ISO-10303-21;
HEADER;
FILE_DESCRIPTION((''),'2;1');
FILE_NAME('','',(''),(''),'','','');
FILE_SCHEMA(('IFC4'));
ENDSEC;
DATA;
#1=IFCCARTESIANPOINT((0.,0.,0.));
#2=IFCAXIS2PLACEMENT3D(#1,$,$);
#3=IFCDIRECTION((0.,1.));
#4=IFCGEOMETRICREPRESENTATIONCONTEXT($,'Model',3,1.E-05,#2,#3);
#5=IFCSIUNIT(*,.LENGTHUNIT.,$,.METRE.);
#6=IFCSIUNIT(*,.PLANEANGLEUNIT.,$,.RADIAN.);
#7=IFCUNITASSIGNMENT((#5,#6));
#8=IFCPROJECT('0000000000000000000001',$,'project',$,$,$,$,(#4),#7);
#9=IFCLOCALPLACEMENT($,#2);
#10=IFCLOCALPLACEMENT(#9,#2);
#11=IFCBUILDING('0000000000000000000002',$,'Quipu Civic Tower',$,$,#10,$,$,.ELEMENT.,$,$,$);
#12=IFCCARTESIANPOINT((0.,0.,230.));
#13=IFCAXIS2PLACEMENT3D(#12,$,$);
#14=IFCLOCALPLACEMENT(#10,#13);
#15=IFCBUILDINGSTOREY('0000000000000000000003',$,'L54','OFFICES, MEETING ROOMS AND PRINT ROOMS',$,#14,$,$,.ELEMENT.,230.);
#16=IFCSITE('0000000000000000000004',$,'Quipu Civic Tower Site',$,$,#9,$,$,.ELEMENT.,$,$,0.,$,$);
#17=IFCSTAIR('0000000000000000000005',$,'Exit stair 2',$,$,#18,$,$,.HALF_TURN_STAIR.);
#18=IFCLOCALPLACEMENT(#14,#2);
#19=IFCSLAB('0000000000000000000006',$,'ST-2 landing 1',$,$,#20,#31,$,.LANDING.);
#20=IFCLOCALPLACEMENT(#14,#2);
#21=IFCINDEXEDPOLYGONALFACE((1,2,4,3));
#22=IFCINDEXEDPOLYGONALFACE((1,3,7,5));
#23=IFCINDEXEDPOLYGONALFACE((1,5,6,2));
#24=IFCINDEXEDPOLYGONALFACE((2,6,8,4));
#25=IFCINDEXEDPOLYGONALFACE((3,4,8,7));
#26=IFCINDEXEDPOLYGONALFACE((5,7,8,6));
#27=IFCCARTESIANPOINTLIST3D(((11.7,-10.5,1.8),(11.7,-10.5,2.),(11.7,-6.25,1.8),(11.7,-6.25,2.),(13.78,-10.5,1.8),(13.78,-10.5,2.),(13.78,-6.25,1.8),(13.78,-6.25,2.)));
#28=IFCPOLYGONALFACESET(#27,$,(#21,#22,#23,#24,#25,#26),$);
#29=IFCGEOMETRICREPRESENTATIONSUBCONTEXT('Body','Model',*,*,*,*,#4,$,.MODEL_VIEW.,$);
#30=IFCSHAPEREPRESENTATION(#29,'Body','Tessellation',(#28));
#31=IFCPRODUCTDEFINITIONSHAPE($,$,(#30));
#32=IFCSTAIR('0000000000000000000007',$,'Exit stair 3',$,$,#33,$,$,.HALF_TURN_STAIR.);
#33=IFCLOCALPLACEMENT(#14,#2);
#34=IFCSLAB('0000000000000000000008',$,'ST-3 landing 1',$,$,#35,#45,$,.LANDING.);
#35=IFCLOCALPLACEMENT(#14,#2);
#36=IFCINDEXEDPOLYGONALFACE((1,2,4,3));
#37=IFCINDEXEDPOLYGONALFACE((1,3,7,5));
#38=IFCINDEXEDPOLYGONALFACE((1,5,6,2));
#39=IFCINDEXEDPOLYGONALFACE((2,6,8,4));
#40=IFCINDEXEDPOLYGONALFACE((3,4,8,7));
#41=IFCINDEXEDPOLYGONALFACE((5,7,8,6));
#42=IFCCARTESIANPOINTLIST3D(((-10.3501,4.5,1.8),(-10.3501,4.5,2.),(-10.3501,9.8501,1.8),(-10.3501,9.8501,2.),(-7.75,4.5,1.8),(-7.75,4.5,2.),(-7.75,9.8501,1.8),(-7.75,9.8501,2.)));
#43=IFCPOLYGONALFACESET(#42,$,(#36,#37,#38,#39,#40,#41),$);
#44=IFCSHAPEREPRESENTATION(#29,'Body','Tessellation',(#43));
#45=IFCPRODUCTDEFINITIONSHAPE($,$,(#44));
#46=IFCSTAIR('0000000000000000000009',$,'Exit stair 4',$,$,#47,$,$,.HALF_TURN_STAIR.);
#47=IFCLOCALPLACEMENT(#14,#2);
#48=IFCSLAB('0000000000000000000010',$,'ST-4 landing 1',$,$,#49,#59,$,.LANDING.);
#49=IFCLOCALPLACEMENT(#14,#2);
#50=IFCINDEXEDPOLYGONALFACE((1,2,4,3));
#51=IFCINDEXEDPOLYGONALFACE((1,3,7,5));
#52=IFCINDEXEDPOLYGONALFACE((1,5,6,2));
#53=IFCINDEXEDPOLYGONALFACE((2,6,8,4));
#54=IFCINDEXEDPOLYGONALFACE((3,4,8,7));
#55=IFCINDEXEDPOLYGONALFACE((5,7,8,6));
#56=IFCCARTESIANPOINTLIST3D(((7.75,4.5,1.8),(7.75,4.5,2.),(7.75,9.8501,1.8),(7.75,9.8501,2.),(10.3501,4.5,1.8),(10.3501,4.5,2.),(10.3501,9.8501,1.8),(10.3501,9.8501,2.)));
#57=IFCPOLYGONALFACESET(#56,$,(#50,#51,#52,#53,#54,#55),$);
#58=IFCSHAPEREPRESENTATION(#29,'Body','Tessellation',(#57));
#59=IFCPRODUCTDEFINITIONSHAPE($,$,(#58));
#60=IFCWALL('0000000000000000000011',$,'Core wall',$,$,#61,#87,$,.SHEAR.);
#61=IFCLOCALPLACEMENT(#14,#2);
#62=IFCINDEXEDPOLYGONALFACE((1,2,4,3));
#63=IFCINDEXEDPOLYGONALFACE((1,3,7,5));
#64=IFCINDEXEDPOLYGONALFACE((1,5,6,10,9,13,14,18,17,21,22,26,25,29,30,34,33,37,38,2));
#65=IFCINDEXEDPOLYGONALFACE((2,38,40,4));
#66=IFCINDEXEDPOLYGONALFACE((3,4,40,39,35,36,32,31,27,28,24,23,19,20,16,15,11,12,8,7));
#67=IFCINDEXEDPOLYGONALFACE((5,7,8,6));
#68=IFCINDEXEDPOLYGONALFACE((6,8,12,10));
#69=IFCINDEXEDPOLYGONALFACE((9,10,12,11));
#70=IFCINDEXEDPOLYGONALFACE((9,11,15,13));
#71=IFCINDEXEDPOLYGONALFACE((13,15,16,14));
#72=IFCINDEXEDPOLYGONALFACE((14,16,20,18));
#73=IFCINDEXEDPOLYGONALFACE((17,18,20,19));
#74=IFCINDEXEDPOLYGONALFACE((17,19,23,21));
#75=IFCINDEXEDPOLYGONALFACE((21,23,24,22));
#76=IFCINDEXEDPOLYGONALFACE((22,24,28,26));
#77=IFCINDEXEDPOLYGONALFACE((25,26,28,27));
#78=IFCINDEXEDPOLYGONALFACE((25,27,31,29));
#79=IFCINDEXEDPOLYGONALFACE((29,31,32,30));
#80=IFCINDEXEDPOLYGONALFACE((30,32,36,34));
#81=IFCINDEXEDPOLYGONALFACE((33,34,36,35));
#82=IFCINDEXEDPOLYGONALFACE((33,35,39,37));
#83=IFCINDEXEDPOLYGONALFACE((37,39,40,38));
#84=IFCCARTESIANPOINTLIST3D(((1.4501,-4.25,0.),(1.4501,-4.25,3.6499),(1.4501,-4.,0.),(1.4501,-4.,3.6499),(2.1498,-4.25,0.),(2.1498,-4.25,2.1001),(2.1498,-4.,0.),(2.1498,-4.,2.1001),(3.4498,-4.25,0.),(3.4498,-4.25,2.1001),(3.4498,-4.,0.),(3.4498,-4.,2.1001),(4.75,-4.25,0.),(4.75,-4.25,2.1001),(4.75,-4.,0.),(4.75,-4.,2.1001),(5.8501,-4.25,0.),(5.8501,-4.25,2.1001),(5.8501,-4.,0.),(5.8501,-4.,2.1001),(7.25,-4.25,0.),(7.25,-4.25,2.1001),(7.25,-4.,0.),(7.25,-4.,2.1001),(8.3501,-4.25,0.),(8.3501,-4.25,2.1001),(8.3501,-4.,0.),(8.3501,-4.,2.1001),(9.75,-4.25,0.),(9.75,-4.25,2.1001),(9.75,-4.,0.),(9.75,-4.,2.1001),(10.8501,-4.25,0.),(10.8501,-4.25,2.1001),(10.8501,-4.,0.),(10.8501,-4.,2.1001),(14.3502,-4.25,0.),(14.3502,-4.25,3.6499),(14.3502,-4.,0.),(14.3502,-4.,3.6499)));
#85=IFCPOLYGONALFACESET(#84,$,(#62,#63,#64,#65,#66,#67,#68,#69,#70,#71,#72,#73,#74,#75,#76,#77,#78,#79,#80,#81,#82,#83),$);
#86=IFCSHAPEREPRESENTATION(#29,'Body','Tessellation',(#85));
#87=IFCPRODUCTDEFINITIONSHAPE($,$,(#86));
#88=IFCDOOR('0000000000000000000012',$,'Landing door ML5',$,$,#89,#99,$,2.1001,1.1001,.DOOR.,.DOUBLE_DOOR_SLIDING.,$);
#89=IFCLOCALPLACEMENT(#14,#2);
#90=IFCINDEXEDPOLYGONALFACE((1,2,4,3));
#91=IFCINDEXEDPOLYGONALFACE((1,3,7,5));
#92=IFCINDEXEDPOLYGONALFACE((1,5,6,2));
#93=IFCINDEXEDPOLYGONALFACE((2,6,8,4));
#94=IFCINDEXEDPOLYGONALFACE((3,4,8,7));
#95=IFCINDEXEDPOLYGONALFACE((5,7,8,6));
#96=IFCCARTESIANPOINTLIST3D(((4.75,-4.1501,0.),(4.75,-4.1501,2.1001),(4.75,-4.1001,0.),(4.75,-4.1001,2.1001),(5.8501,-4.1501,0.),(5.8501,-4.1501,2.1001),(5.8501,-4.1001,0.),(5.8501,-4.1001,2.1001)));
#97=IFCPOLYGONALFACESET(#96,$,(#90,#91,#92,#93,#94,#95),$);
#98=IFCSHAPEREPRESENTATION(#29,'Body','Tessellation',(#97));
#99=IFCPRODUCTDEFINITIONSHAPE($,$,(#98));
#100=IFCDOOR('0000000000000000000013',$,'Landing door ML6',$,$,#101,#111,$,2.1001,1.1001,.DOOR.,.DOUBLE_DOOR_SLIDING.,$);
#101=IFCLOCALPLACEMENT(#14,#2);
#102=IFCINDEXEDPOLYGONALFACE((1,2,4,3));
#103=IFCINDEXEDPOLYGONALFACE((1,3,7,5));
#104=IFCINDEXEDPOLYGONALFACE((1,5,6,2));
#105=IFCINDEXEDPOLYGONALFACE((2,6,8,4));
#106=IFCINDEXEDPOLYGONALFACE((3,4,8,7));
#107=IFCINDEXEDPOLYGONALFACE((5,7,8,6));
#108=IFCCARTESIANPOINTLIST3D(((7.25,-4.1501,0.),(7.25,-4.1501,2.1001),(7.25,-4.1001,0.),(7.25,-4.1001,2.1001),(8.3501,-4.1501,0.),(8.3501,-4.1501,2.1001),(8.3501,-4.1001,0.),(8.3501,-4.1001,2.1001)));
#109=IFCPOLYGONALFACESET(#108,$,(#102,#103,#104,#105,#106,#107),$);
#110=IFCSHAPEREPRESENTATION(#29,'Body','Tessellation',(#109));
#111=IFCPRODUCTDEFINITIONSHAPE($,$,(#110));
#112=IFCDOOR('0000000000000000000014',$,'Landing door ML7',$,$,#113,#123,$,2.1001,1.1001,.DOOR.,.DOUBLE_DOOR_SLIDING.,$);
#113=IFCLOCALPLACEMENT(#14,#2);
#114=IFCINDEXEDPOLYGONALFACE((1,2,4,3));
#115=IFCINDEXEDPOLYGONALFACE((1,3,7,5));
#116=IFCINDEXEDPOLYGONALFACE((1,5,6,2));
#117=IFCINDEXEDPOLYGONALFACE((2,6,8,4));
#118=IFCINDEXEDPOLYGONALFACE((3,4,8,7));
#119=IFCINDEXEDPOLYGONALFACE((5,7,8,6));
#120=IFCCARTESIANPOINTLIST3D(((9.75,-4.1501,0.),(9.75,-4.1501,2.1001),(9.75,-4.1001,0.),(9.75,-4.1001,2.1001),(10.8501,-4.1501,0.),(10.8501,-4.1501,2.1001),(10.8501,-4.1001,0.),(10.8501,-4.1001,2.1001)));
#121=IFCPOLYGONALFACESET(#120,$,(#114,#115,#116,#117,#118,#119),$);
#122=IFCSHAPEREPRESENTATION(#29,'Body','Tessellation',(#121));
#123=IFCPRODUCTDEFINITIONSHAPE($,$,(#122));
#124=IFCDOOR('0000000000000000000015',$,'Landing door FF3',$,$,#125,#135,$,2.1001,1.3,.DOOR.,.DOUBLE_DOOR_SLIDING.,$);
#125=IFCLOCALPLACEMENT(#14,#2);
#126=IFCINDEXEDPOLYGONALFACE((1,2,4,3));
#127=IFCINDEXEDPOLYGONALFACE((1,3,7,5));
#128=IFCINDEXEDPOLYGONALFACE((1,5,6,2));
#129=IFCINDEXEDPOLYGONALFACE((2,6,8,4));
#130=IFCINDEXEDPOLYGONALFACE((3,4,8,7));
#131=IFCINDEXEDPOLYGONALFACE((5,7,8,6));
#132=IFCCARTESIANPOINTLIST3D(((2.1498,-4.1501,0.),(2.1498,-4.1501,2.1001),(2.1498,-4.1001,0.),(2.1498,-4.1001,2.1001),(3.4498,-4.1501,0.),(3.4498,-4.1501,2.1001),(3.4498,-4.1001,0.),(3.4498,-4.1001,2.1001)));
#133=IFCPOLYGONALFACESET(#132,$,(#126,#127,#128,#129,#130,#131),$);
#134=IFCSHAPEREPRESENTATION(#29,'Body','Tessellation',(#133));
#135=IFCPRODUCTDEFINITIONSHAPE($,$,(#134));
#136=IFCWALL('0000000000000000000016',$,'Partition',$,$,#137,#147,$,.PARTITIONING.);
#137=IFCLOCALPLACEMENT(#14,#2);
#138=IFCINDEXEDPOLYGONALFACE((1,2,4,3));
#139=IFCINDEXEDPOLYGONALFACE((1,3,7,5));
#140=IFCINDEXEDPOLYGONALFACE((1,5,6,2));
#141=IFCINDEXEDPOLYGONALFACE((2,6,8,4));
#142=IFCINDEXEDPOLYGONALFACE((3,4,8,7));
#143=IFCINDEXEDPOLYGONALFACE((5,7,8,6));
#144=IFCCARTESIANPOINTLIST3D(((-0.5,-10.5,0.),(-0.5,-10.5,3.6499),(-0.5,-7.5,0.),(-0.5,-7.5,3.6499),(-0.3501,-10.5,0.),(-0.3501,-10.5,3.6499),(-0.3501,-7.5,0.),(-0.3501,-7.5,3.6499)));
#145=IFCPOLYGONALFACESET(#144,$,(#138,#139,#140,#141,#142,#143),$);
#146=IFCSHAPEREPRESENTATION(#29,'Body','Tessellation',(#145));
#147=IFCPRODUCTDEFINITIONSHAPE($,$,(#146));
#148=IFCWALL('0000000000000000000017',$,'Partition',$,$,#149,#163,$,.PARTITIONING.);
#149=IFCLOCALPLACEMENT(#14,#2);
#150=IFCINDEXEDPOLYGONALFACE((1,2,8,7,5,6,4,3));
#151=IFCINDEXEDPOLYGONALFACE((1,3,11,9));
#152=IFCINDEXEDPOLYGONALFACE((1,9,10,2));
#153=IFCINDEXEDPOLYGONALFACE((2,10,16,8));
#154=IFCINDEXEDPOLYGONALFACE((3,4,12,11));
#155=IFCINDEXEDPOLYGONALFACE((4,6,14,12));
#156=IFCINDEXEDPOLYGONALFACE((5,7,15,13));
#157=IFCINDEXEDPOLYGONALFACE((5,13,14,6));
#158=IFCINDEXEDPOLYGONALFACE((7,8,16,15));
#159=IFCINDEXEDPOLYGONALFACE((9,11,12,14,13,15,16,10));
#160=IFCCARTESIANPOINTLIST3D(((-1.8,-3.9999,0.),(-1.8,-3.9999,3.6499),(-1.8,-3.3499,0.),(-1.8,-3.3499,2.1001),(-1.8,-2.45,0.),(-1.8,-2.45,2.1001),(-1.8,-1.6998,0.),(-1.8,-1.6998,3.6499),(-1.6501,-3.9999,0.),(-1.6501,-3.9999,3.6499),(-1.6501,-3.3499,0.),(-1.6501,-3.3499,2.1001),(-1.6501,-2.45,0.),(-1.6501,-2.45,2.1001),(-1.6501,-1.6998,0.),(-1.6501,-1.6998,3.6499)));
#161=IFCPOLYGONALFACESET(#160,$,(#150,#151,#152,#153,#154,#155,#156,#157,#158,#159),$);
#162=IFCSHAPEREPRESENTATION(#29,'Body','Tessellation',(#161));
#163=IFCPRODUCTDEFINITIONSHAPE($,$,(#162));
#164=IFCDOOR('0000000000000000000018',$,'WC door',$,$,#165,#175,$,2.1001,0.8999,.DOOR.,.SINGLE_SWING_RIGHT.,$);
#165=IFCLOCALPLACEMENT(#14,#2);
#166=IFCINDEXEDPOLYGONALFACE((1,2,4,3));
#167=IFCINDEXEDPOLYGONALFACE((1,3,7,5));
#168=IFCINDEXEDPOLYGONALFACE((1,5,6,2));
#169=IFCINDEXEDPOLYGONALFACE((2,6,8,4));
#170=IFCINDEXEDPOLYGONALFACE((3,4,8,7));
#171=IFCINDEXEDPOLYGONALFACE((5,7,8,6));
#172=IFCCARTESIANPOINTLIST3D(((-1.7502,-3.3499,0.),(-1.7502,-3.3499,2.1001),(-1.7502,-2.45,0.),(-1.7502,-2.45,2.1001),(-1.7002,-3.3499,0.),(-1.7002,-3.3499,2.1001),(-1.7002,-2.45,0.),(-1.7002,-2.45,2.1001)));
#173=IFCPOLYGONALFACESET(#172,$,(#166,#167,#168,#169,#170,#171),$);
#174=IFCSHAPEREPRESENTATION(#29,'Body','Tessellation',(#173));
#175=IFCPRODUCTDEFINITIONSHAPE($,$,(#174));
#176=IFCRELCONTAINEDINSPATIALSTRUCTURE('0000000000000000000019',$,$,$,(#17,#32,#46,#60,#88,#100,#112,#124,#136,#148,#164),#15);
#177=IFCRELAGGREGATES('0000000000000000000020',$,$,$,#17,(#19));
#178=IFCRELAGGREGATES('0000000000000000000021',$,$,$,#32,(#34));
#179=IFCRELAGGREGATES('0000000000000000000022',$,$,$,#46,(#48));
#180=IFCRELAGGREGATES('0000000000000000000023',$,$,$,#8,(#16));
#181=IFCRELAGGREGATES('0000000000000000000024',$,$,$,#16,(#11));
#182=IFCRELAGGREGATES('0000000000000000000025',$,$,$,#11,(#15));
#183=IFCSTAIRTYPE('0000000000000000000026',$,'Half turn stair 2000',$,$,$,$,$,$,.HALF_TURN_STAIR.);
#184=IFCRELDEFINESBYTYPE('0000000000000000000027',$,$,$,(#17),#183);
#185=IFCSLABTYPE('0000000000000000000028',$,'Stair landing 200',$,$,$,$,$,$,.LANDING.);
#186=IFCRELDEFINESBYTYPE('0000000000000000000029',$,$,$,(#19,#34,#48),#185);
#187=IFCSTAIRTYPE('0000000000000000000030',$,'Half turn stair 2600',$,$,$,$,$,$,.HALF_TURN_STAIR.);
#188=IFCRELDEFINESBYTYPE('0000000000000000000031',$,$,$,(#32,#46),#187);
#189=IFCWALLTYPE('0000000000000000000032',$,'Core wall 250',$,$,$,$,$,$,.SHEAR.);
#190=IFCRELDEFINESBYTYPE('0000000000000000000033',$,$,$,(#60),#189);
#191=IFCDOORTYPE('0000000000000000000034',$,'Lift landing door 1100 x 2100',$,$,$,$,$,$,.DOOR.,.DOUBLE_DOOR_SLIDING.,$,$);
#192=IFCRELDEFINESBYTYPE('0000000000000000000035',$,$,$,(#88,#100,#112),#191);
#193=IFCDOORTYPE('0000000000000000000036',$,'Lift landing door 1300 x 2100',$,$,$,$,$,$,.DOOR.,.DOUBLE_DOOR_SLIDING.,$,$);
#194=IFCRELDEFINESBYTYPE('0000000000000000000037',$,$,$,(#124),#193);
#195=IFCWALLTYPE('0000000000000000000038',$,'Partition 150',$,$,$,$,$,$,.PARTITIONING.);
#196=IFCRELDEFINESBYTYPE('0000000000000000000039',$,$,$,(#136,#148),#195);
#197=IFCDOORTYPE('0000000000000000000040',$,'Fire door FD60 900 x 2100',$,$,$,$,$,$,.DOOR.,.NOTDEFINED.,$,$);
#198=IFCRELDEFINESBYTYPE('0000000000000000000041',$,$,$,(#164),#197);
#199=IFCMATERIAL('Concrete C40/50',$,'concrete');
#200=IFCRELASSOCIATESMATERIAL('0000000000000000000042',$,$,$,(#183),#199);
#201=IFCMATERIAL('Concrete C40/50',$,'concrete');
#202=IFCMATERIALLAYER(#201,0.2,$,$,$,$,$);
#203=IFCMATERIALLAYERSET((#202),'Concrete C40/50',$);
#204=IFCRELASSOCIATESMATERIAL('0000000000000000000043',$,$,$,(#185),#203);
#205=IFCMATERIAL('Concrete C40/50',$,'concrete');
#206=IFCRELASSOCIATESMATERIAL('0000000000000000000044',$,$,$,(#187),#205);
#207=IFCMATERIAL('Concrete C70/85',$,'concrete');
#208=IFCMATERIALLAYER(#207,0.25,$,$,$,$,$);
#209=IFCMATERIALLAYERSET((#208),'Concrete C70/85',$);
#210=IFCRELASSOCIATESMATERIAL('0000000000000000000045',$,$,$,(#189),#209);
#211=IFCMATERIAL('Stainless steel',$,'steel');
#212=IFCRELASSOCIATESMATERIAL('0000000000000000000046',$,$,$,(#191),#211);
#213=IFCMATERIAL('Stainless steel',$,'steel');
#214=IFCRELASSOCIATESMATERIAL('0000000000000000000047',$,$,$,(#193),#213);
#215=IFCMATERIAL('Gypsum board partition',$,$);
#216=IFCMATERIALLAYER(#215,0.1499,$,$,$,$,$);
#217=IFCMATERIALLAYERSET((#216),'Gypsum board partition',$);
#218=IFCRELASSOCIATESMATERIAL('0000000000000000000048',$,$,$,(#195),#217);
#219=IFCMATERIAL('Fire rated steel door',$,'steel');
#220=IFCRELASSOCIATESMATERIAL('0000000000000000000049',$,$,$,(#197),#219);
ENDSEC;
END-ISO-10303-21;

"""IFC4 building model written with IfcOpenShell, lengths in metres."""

from ifc_helpers import new_model, si_unit, direction, frame, frame_2d, origin, place, context, subcontext, project, spatial, polyline, rectangle, outline, extrude, material, layer, layer_set, type_object, element, fill, aggregate, save


model = new_model("IFC4")

# Units and contexts
model_context = context("Model", 3, precision=1e-05, world=origin(), true_north=direction((0.0, 1.0)))
body_context = subcontext(model_context, "Body", "Model", "MODEL_VIEW")
ifc_project = project(units=[si_unit("LENGTHUNIT", "METRE"), si_unit("PLANEANGLEUNIT", "RADIAN")], contexts=[model_context])

# Site, building, storey
site_placement = place(None, origin())
site = spatial("IfcSite", under=ifc_project, at=site_placement, Name="Quipu Civic Tower Site", CompositionType="ELEMENT", RefElevation=0.0)
building_placement = place(site_placement, origin())
building = spatial("IfcBuilding", under=site, at=building_placement, Name="Quipu Civic Tower", CompositionType="ELEMENT")
storey_placement = place(building_placement, frame((0.0, 0.0, 230.0)))
storey = spatial("IfcBuildingStorey", under=building, at=storey_placement, Name="L54", Description="OFFICES, MEETING ROOMS AND PRINT ROOMS", CompositionType="ELEMENT", Elevation=230.0)

# Stairs, slabs
ifc_material_1 = material(Name="Concrete C40/50", Category="concrete")
stair_type_1 = type_object("IfcStairType", Name="Half turn stair 2000", PredefinedType="HALF_TURN_STAIR", material=ifc_material_1)
ifc_material_2 = material(Name="Concrete C40/50", Category="concrete")
ifc_layer_1 = layer(ifc_material_2, 0.2)
ifc_layer_set_1 = layer_set([ifc_layer_1], Name="Concrete C40/50")
slab_type_1 = type_object("IfcSlabType", Name="Stair landing 200", PredefinedType="LANDING", material=ifc_layer_set_1)
stair_1_placement = place(storey_placement, origin())
stair_1 = element("IfcStair", 1, at=stair_1_placement, inside=storey, type_object=stair_type_1, Name="Exit stair 2", PredefinedType="HALF_TURN_STAIR")
slab_1_placement = place(storey_placement, frame((0.0, 0.0, 1.8)))
slab_1 = element("IfcSlab", 2, at=slab_1_placement, type_object=slab_type_1, Name="ST-2 landing 1", PredefinedType="LANDING", context=body_context, shape_type="SweptSolid", body=[
    extrude(outline(polyline([(13.78, -6.25), (11.7, -6.25), (11.7, -10.5), (13.78, -10.5), (13.78, -6.25)])), origin(), (0.0, 0.0, 1.0), 0.2),
])
aggregate(stair_1, [slab_1])
ifc_material_3 = material(Name="Concrete C40/50", Category="concrete")
stair_type_2 = type_object("IfcStairType", Name="Half turn stair 2600", PredefinedType="HALF_TURN_STAIR", material=ifc_material_3)
stair_2_placement = place(storey_placement, origin())
stair_2 = element("IfcStair", 3, at=stair_2_placement, inside=storey, type_object=stair_type_2, Name="Exit stair 3", PredefinedType="HALF_TURN_STAIR")
slab_2_placement = place(storey_placement, frame((0.0, 0.0, 1.8)))
slab_2 = element("IfcSlab", 4, at=slab_2_placement, type_object=slab_type_1, Name="ST-3 landing 1", PredefinedType="LANDING", context=body_context, shape_type="SweptSolid", body=[
    extrude(outline(polyline([(-10.3501, 4.5), (-7.75, 4.5), (-7.75, 9.8501), (-10.3501, 9.8501), (-10.3501, 4.5)])), origin(), (0.0, 0.0, 1.0), 0.2),
])
aggregate(stair_2, [slab_2])
stair_3_placement = place(storey_placement, origin())
stair_3 = element("IfcStair", 5, at=stair_3_placement, inside=storey, type_object=stair_type_2, Name="Exit stair 4", PredefinedType="HALF_TURN_STAIR")
slab_3_placement = place(storey_placement, frame((0.0, 0.0, 1.8)))
slab_3 = element("IfcSlab", 6, at=slab_3_placement, type_object=slab_type_1, Name="ST-4 landing 1", PredefinedType="LANDING", context=body_context, shape_type="SweptSolid", body=[
    extrude(outline(polyline([(10.3501, 9.8501), (7.75, 9.8501), (7.75, 4.5), (10.3501, 4.5), (10.3501, 9.8501)])), origin(), (0.0, 0.0, 1.0), 0.2),
])
aggregate(stair_3, [slab_3])

# Wall, openings, doors
ifc_material_4 = material(Name="Concrete C70/85", Category="concrete")
ifc_layer_2 = layer(ifc_material_4, 0.25)
ifc_layer_set_2 = layer_set([ifc_layer_2], Name="Concrete C70/85")
wall_type_1 = type_object("IfcWallType", Name="Core wall 250", PredefinedType="SHEAR", material=ifc_layer_set_2)
wall_1_placement = place(storey_placement, frame((1.45, -4.125, 0.0), z_axis=(0.0, 0.0, 1.0), x_axis=(1.0, 0.0, 0.0)))
wall_1 = element("IfcWall", 7, at=wall_1_placement, inside=storey, type_object=wall_type_1, Name="Core wall", PredefinedType="SHEAR", context=body_context, shape_type="SweptSolid", body=[
    extrude(rectangle(XDim=12.9001, YDim=0.25, at=frame_2d((6.4502, 0.0))), origin(), (0.0, 0.0, 1.0), 3.6499),
])
opening_1_placement = place(wall_1_placement, frame((0.7, 0.0, 0.0)))
opening_1 = element("IfcOpeningElement", 8, at=opening_1_placement, cuts=wall_1, PredefinedType="OPENING", context=body_context, shape_type="SweptSolid", body=[
    extrude(rectangle(XDim=1.3, YDim=2.1001, at=frame_2d((0.6499, 1.05))), frame((0.0, 0.135, 0.0), z_axis=(0.0, -1.0, 0.0), x_axis=(1.0, 0.0, 0.0)), (0.0, 0.0, 1.0), 0.27),
])
opening_2_placement = place(wall_1_placement, frame((3.3, 0.0, 0.0)))
opening_2 = element("IfcOpeningElement", 9, at=opening_2_placement, cuts=wall_1, PredefinedType="OPENING", context=body_context, shape_type="SweptSolid", body=[
    extrude(rectangle(XDim=1.1001, YDim=2.1001, at=frame_2d((0.55, 1.05))), frame((0.0, 0.135, 0.0), z_axis=(0.0, -1.0, 0.0), x_axis=(1.0, 0.0, 0.0)), (0.0, 0.0, 1.0), 0.27),
])
opening_3_placement = place(wall_1_placement, frame((5.8, 0.0, 0.0)))
opening_3 = element("IfcOpeningElement", 10, at=opening_3_placement, cuts=wall_1, PredefinedType="OPENING", context=body_context, shape_type="SweptSolid", body=[
    extrude(rectangle(XDim=1.1001, YDim=2.1001, at=frame_2d((0.55, 1.05))), frame((0.0, 0.135, 0.0), z_axis=(0.0, -1.0, 0.0), x_axis=(1.0, 0.0, 0.0)), (0.0, 0.0, 1.0), 0.27),
])
opening_4_placement = place(wall_1_placement, frame((8.3, 0.0, 0.0)))
opening_4 = element("IfcOpeningElement", 11, at=opening_4_placement, cuts=wall_1, PredefinedType="OPENING", context=body_context, shape_type="SweptSolid", body=[
    extrude(rectangle(XDim=1.1001, YDim=2.1001, at=frame_2d((0.55, 1.05))), frame((0.0, 0.135, 0.0), z_axis=(0.0, -1.0, 0.0), x_axis=(1.0, 0.0, 0.0)), (0.0, 0.0, 1.0), 0.27),
])
ifc_material_5 = material(Name="Stainless steel", Category="steel")
door_type_1 = type_object("IfcDoorType", Name="Lift landing door 1100 x 2100", OperationType="DOUBLE_DOOR_SLIDING", PredefinedType="DOOR", material=ifc_material_5)
door_1_placement = place(opening_2_placement, origin())
door_1 = element("IfcDoor", 12, at=door_1_placement, inside=storey, type_object=door_type_1, Name="Landing door ML5", OperationType="DOUBLE_DOOR_SLIDING", OverallHeight=2.1001, OverallWidth=1.1001, PredefinedType="DOOR", context=body_context, shape_type="SweptSolid", body=[
    extrude(rectangle(XDim=1.1001, YDim=2.1001, at=frame_2d((0.55, 1.05))), frame((0.0, 0.0249, 0.0), z_axis=(0.0, -1.0, 0.0), x_axis=(1.0, 0.0, 0.0)), (0.0, 0.0, 1.0), 0.05),
])
fill(opening_2, door_1)
door_2_placement = place(opening_3_placement, origin())
door_2 = element("IfcDoor", 13, at=door_2_placement, inside=storey, type_object=door_type_1, Name="Landing door ML6", OperationType="DOUBLE_DOOR_SLIDING", OverallHeight=2.1001, OverallWidth=1.1001, PredefinedType="DOOR", context=body_context, shape_type="SweptSolid", body=[
    extrude(rectangle(XDim=1.1001, YDim=2.1001, at=frame_2d((0.55, 1.05))), frame((0.0, 0.0249, 0.0), z_axis=(0.0, -1.0, 0.0), x_axis=(1.0, 0.0, 0.0)), (0.0, 0.0, 1.0), 0.05),
])
fill(opening_3, door_2)
door_3_placement = place(opening_4_placement, origin())
door_3 = element("IfcDoor", 14, at=door_3_placement, inside=storey, type_object=door_type_1, Name="Landing door ML7", OperationType="DOUBLE_DOOR_SLIDING", OverallHeight=2.1001, OverallWidth=1.1001, PredefinedType="DOOR", context=body_context, shape_type="SweptSolid", body=[
    extrude(rectangle(XDim=1.1001, YDim=2.1001, at=frame_2d((0.55, 1.05))), frame((0.0, 0.0249, 0.0), z_axis=(0.0, -1.0, 0.0), x_axis=(1.0, 0.0, 0.0)), (0.0, 0.0, 1.0), 0.05),
])
fill(opening_4, door_3)
ifc_material_6 = material(Name="Stainless steel", Category="steel")
door_type_2 = type_object("IfcDoorType", Name="Lift landing door 1300 x 2100", OperationType="DOUBLE_DOOR_SLIDING", PredefinedType="DOOR", material=ifc_material_6)
door_4_placement = place(opening_1_placement, origin())
door_4 = element("IfcDoor", 15, at=door_4_placement, inside=storey, type_object=door_type_2, Name="Landing door FF3", OperationType="DOUBLE_DOOR_SLIDING", OverallHeight=2.1001, OverallWidth=1.3, PredefinedType="DOOR", context=body_context, shape_type="SweptSolid", body=[
    extrude(rectangle(XDim=1.3, YDim=2.1001, at=frame_2d((0.6499, 1.05))), frame((0.0, 0.0249, 0.0), z_axis=(0.0, -1.0, 0.0), x_axis=(1.0, 0.0, 0.0)), (0.0, 0.0, 1.0), 0.05),
])
fill(opening_1, door_4)

# Wall
ifc_material_7 = material(Name="Gypsum board partition")
ifc_layer_3 = layer(ifc_material_7, 0.1499)
ifc_layer_set_3 = layer_set([ifc_layer_3], Name="Gypsum board partition")
wall_type_2 = type_object("IfcWallType", Name="Partition 150", PredefinedType="PARTITIONING", material=ifc_layer_set_3)
wall_2_placement = place(storey_placement, frame((-0.425, -10.5, 0.0), z_axis=(0.0, 0.0, 1.0), x_axis=(0.0, 1.0, 0.0)))
element("IfcWall", 16, at=wall_2_placement, inside=storey, type_object=wall_type_2, Name="Partition", PredefinedType="PARTITIONING", context=body_context, shape_type="SweptSolid", body=[
    extrude(rectangle(XDim=3.0, YDim=0.1499, at=frame_2d((1.5, 0.0))), origin(), (0.0, 0.0, 1.0), 3.6499),
])

# Wall, opening, door
wall_3_placement = place(storey_placement, frame((-1.7251, -1.7, 0.0), z_axis=(0.0, 0.0, 1.0), x_axis=(0.0, -1.0, 0.0)))
wall_3 = element("IfcWall", 17, at=wall_3_placement, inside=storey, type_object=wall_type_2, Name="Partition", PredefinedType="PARTITIONING", context=body_context, shape_type="SweptSolid", body=[
    extrude(rectangle(XDim=2.3, YDim=0.1499, at=frame_2d((1.1499, 0.0))), origin(), (0.0, 0.0, 1.0), 3.6499),
])
opening_5_placement = place(wall_3_placement, frame((0.75, 0.0, 0.0)))
opening_5 = element("IfcOpeningElement", 18, at=opening_5_placement, cuts=wall_3, PredefinedType="OPENING", context=body_context, shape_type="SweptSolid", body=[
    extrude(rectangle(XDim=0.8999, YDim=2.1001, at=frame_2d((0.45, 1.05))), frame((0.0, 0.085, 0.0), z_axis=(0.0, -1.0, 0.0), x_axis=(1.0, 0.0, 0.0)), (0.0, 0.0, 1.0), 0.1699),
])
ifc_material_8 = material(Name="Fire rated steel door", Category="steel")
door_type_3 = type_object("IfcDoorType", Name="Fire door FD60 900 x 2100", OperationType="NOTDEFINED", PredefinedType="DOOR", material=ifc_material_8)
door_5_placement = place(opening_5_placement, origin())
door_5 = element("IfcDoor", 19, at=door_5_placement, inside=storey, type_object=door_type_3, Name="WC door", OperationType="SINGLE_SWING_RIGHT", OverallHeight=2.1001, OverallWidth=0.8999, PredefinedType="DOOR", context=body_context, shape_type="SweptSolid", body=[
    extrude(rectangle(XDim=0.8999, YDim=2.1001, at=frame_2d((0.45, 1.05))), frame((0.0, 0.0249, 0.0), z_axis=(0.0, -1.0, 0.0), x_axis=(1.0, 0.0, 0.0)), (0.0, 0.0, 1.0), 0.05),
])
fill(opening_5, door_5)

save(model, "model.ifc")
